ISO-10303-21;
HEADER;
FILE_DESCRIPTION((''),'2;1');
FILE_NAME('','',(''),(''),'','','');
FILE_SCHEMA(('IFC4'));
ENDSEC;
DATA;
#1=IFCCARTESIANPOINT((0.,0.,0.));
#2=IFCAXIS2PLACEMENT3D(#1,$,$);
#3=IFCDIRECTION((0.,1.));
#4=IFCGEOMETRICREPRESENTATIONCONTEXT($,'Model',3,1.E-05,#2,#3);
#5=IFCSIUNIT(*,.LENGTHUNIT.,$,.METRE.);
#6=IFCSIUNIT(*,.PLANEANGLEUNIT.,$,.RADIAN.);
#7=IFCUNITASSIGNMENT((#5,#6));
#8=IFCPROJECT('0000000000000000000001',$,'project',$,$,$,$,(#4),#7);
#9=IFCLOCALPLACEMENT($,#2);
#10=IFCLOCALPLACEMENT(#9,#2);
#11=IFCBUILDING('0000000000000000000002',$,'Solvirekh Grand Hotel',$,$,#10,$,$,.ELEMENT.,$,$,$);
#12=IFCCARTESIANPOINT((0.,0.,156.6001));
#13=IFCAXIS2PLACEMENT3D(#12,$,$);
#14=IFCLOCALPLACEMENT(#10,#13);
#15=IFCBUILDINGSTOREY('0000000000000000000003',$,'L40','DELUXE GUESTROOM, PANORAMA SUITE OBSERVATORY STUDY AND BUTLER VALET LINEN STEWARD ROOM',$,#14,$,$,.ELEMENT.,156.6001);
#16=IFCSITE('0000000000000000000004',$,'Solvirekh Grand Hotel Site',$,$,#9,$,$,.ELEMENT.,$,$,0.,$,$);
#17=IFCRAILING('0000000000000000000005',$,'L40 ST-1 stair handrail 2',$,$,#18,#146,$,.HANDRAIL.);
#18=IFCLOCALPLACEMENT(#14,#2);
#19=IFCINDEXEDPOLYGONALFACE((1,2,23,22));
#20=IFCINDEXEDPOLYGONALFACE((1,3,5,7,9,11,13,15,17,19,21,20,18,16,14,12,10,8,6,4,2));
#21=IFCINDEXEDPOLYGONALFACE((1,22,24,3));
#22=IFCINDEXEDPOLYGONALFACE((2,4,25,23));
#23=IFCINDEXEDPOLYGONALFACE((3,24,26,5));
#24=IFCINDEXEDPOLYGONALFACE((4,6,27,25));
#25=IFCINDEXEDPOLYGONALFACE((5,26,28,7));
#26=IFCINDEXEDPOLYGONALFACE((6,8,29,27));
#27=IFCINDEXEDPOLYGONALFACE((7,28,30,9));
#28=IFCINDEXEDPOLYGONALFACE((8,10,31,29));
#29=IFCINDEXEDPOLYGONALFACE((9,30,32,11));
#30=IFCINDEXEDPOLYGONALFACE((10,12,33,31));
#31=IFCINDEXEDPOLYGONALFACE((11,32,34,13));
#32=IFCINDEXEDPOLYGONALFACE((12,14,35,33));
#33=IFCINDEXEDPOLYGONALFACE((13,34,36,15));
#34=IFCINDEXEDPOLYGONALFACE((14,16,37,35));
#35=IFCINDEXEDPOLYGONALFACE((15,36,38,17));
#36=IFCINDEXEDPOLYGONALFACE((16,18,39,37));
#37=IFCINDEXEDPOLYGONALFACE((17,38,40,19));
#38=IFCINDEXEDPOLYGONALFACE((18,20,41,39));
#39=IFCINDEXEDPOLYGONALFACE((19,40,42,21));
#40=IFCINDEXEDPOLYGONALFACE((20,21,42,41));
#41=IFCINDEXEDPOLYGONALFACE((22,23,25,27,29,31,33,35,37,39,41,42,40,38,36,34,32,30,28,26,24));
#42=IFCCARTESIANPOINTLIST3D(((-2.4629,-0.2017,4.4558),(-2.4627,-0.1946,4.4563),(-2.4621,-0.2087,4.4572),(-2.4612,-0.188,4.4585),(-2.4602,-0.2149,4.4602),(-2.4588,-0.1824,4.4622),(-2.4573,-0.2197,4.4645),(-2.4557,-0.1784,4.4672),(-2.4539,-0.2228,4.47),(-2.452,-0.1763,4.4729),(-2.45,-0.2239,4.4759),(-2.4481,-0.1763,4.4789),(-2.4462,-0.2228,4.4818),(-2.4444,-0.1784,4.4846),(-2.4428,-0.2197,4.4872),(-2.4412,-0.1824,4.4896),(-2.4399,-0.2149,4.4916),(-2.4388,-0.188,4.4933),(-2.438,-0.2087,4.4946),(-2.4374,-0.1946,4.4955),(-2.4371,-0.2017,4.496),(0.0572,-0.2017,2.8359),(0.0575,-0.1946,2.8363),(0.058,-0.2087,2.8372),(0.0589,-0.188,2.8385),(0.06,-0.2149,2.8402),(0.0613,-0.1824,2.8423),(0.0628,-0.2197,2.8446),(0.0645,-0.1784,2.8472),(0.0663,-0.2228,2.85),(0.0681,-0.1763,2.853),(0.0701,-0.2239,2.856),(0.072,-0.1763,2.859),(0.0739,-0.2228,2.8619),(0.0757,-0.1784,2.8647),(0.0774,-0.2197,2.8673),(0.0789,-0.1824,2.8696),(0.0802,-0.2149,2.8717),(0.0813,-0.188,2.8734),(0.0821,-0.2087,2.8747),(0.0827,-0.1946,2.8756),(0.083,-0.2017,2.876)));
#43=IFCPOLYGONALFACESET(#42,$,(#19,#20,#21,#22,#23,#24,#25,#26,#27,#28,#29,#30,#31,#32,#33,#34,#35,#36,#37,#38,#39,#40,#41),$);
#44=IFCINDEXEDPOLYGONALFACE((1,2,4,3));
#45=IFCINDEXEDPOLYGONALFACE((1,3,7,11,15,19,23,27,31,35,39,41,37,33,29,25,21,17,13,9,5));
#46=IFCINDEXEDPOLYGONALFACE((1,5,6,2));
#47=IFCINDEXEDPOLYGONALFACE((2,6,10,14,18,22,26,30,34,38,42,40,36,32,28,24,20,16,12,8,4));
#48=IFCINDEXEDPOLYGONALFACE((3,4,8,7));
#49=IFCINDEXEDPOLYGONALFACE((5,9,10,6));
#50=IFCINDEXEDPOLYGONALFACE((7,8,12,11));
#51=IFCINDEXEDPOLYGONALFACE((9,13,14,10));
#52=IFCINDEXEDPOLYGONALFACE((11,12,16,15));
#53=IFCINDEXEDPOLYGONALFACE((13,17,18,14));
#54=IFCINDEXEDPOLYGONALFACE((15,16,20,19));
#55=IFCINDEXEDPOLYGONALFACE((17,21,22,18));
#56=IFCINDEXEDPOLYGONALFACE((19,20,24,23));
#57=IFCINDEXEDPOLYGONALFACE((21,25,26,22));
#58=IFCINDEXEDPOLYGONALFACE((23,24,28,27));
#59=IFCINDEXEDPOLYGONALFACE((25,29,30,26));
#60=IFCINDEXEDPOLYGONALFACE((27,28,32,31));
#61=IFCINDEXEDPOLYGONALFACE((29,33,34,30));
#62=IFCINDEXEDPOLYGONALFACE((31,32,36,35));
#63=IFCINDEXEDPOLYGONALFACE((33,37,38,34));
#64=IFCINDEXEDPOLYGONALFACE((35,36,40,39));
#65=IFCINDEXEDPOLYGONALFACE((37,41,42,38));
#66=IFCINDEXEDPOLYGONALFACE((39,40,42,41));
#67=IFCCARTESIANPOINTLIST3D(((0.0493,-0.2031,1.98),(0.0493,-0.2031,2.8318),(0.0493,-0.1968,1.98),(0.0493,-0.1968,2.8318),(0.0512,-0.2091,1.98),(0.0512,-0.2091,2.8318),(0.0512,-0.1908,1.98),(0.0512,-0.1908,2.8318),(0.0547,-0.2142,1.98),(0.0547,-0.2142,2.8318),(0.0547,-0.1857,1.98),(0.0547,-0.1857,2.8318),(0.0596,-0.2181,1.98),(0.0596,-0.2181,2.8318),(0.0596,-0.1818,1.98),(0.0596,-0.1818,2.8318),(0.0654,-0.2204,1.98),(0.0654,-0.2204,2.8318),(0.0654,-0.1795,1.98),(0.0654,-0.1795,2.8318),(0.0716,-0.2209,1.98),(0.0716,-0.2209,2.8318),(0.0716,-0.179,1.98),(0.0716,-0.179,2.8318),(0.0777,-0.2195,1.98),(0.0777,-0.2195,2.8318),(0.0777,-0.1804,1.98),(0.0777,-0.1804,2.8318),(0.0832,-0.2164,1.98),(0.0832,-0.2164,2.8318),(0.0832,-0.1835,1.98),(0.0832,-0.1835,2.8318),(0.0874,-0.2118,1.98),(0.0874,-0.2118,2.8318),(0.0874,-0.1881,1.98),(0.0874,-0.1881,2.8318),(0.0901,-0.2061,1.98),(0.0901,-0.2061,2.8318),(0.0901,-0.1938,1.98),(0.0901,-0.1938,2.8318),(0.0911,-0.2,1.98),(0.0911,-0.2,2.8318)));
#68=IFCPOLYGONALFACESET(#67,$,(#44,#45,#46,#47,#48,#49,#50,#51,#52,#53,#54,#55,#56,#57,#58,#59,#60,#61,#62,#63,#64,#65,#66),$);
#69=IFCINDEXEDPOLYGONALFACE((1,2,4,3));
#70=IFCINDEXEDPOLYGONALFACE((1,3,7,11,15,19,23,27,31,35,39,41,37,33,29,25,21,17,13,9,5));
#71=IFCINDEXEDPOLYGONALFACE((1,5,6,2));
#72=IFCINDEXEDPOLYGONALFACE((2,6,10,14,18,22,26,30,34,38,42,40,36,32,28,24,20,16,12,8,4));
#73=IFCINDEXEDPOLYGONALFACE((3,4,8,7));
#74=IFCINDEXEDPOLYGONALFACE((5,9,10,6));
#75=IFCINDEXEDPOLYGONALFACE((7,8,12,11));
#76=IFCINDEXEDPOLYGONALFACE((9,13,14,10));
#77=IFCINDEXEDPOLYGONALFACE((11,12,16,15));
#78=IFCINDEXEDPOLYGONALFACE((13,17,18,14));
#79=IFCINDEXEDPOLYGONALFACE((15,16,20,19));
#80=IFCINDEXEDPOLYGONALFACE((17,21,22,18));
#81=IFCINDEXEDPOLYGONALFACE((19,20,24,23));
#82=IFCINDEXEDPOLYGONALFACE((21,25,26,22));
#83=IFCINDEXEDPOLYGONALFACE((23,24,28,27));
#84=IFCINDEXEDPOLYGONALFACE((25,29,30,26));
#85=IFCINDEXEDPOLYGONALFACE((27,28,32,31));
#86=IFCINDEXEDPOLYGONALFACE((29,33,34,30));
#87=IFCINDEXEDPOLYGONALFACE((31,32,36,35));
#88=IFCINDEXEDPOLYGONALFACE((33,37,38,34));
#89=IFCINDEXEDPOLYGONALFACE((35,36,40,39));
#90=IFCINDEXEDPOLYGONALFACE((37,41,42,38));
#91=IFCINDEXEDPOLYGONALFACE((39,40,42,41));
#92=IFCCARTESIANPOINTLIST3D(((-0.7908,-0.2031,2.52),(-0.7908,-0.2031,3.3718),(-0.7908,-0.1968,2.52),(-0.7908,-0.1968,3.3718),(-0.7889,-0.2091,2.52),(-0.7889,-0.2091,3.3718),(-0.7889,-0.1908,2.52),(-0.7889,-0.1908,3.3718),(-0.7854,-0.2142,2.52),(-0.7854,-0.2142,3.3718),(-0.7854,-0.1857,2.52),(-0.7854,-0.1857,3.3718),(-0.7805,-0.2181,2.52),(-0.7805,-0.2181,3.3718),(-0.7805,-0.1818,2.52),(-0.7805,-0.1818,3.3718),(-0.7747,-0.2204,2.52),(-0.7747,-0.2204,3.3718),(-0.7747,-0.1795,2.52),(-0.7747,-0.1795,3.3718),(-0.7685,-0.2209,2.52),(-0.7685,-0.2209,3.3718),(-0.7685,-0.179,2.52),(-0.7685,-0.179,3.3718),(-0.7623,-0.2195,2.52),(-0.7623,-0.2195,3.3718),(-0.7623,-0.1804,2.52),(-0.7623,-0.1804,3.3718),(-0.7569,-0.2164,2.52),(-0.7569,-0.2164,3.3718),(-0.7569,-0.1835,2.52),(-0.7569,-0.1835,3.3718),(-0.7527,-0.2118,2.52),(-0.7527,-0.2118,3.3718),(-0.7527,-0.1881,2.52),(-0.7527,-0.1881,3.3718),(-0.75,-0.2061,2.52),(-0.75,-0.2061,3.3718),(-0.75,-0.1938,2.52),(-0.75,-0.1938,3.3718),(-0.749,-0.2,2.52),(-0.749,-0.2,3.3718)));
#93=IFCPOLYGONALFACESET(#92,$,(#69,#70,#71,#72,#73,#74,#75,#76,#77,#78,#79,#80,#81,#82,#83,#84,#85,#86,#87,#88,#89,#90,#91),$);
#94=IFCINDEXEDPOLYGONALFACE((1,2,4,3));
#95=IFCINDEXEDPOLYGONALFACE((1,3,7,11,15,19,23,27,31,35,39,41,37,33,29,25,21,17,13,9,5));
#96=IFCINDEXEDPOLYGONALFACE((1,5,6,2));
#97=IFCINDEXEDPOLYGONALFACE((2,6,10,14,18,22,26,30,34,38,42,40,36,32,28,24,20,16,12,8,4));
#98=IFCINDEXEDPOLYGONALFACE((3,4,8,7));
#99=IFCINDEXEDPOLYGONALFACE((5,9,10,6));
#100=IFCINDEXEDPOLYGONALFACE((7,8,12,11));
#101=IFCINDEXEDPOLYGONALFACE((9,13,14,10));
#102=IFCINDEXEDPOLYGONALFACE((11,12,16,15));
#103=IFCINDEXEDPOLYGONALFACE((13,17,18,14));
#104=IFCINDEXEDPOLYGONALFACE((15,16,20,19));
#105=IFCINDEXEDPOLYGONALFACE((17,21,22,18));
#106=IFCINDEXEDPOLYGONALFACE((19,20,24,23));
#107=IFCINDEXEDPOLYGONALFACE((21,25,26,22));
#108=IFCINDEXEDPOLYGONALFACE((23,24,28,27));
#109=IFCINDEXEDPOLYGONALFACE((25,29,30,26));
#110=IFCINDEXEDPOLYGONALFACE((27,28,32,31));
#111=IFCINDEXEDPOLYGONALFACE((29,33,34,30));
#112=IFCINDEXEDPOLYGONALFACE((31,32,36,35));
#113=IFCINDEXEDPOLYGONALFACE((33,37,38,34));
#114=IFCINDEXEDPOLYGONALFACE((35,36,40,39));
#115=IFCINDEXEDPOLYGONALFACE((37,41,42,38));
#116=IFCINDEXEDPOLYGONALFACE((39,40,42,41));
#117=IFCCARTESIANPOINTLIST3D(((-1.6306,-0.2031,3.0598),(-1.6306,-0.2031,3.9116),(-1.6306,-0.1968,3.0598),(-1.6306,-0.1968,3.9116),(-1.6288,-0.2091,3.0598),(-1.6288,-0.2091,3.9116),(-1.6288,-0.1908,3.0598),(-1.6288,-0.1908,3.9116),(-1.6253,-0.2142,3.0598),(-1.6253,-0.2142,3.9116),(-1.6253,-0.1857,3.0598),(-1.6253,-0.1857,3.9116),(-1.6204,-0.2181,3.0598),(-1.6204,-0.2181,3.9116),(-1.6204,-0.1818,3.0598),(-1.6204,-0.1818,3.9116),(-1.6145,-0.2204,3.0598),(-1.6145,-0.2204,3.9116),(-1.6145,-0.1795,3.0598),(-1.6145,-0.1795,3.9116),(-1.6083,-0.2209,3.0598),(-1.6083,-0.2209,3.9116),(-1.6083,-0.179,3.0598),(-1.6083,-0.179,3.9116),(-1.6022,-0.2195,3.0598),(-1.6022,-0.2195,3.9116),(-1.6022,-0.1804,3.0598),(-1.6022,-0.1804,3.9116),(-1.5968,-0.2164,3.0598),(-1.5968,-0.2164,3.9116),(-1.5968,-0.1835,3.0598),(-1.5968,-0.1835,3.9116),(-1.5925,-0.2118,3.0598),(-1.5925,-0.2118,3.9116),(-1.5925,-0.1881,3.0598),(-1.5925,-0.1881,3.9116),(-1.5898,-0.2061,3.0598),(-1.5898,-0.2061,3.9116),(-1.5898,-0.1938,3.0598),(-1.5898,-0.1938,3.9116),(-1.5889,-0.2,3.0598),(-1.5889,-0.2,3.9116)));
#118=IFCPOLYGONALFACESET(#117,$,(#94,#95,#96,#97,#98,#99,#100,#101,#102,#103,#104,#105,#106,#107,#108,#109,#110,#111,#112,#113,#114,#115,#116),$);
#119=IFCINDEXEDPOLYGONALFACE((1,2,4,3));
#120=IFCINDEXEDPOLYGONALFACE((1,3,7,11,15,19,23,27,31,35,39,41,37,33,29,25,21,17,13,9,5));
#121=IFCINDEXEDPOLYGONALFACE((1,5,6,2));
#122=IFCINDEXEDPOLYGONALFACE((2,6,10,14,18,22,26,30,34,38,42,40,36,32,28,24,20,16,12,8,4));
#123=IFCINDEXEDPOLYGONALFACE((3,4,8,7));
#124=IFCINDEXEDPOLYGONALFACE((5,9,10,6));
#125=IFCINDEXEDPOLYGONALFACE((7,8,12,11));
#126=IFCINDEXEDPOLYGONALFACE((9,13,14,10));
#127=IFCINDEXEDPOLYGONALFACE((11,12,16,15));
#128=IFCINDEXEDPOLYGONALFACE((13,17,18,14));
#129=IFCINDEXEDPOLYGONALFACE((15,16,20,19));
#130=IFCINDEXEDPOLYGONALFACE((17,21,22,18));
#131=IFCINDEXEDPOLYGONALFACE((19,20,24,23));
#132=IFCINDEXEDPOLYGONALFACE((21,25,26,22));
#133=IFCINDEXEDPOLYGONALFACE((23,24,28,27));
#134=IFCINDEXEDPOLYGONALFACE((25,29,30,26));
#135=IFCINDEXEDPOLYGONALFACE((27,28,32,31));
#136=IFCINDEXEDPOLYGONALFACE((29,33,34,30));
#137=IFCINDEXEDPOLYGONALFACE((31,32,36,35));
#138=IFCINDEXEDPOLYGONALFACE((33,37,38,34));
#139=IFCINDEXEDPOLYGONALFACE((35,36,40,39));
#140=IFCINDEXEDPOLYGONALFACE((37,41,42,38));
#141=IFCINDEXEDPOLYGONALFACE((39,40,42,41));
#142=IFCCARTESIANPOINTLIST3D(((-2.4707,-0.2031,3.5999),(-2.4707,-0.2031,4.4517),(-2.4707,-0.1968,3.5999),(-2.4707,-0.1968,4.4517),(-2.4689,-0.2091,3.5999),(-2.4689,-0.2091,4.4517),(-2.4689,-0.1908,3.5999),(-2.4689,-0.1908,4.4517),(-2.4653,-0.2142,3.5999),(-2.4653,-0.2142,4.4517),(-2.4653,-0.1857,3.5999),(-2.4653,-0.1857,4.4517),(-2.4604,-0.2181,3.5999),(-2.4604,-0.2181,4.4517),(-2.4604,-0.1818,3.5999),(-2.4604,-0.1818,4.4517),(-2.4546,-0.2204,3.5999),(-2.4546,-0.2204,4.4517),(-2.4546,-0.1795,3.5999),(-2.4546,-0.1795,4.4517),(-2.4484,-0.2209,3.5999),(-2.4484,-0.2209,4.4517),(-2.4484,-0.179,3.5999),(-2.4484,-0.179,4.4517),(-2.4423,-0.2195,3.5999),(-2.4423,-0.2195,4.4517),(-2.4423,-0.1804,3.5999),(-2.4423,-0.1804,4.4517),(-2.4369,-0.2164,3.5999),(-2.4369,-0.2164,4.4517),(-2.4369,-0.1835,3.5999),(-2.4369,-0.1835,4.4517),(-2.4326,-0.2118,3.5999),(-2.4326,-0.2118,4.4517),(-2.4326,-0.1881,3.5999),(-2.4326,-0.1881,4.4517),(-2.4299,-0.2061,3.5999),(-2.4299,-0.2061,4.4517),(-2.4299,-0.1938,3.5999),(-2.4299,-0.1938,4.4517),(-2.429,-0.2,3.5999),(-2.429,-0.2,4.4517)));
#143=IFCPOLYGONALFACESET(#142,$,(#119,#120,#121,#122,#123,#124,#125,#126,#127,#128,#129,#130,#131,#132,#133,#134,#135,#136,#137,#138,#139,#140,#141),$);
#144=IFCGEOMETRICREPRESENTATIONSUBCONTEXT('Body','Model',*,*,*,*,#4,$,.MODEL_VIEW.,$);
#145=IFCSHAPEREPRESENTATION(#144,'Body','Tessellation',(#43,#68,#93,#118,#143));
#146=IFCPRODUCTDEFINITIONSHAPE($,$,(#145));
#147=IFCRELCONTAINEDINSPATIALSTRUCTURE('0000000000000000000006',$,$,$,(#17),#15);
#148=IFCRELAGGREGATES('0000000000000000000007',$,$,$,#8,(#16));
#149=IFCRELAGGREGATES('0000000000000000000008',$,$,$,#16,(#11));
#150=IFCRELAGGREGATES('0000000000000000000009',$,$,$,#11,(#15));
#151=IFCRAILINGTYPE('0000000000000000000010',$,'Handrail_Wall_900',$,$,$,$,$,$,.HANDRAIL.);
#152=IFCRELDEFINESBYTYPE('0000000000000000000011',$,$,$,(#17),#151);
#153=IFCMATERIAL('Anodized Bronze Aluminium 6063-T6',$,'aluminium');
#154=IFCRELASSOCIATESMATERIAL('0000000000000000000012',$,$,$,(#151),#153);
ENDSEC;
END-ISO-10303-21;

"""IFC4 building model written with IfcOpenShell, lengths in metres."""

from ifc_helpers import new_model, si_unit, direction, frame, origin, origin_2d, place, context, subcontext, project, spatial, circle, extrude, material, type_object, element, save


model = new_model("IFC4")

# Units and contexts
model_context = context("Model", 3, precision=1e-05, world=origin(), true_north=direction((0.0, 1.0)))
body_context = subcontext(model_context, "Body", "Model", "MODEL_VIEW")
ifc_project = project(units=[si_unit("LENGTHUNIT", "METRE"), si_unit("PLANEANGLEUNIT", "RADIAN")], contexts=[model_context])

# Site, building, storey
site_placement = place(None, origin())
site = spatial("IfcSite", under=ifc_project, at=site_placement, Name="Solvirekh Grand Hotel Site", CompositionType="ELEMENT", RefElevation=0.0)
building_placement = place(site_placement, origin())
building = spatial("IfcBuilding", under=site, at=building_placement, Name="Solvirekh Grand Hotel", CompositionType="ELEMENT")
storey_placement = place(building_placement, frame((0.0, 0.0, 156.6001)))
storey = spatial("IfcBuildingStorey", under=building, at=storey_placement, Name="L40", Description="DELUXE GUESTROOM, PANORAMA SUITE OBSERVATORY STUDY AND BUTLER VALET LINEN STEWARD ROOM", CompositionType="ELEMENT", Elevation=156.6001)

# Shared definitions
ifc_material_1 = material(Name="Anodized Bronze Aluminium 6063-T6", Category="aluminium")

# Railing
railing_type_1 = type_object("IfcRailingType", Name="Handrail_Wall_900", PredefinedType="HANDRAIL", material=ifc_material_1)
railing_1_placement = place(storey_placement, frame((0.0701, -0.2, 1.98)))
element("IfcRailing", 1, at=railing_1_placement, inside=storey, type_object=railing_type_1, Name="L40 ST-1 stair handrail 2", PredefinedType="HANDRAIL", context=body_context, shape_type="SweptSolid", body=[
    extrude(circle(Radius=0.0239, at=origin_2d()), frame((0.0, 0.0, 0.876), z_axis=(-0.8412, 0.0, 0.540725), x_axis=(0.0, -1.0, 0.0)), (0.0, 0.0, 1.0), 2.9958),
    extrude(circle(Radius=0.021, at=origin_2d()), origin(), (0.0, 0.0, 1.0), 0.8518),
    extrude(circle(Radius=0.021, at=origin_2d()), frame((-0.8401, 0.0, 0.54)), (0.0, 0.0, 1.0), 0.8518),
    extrude(circle(Radius=0.021, at=origin_2d()), frame((-1.6799, 0.0, 1.0798)), (0.0, 0.0, 1.0), 0.8518),
    extrude(circle(Radius=0.021, at=origin_2d()), frame((-2.52, 0.0, 1.6199)), (0.0, 0.0, 1.0), 0.8518),
])

save(model, "model.ifc")
